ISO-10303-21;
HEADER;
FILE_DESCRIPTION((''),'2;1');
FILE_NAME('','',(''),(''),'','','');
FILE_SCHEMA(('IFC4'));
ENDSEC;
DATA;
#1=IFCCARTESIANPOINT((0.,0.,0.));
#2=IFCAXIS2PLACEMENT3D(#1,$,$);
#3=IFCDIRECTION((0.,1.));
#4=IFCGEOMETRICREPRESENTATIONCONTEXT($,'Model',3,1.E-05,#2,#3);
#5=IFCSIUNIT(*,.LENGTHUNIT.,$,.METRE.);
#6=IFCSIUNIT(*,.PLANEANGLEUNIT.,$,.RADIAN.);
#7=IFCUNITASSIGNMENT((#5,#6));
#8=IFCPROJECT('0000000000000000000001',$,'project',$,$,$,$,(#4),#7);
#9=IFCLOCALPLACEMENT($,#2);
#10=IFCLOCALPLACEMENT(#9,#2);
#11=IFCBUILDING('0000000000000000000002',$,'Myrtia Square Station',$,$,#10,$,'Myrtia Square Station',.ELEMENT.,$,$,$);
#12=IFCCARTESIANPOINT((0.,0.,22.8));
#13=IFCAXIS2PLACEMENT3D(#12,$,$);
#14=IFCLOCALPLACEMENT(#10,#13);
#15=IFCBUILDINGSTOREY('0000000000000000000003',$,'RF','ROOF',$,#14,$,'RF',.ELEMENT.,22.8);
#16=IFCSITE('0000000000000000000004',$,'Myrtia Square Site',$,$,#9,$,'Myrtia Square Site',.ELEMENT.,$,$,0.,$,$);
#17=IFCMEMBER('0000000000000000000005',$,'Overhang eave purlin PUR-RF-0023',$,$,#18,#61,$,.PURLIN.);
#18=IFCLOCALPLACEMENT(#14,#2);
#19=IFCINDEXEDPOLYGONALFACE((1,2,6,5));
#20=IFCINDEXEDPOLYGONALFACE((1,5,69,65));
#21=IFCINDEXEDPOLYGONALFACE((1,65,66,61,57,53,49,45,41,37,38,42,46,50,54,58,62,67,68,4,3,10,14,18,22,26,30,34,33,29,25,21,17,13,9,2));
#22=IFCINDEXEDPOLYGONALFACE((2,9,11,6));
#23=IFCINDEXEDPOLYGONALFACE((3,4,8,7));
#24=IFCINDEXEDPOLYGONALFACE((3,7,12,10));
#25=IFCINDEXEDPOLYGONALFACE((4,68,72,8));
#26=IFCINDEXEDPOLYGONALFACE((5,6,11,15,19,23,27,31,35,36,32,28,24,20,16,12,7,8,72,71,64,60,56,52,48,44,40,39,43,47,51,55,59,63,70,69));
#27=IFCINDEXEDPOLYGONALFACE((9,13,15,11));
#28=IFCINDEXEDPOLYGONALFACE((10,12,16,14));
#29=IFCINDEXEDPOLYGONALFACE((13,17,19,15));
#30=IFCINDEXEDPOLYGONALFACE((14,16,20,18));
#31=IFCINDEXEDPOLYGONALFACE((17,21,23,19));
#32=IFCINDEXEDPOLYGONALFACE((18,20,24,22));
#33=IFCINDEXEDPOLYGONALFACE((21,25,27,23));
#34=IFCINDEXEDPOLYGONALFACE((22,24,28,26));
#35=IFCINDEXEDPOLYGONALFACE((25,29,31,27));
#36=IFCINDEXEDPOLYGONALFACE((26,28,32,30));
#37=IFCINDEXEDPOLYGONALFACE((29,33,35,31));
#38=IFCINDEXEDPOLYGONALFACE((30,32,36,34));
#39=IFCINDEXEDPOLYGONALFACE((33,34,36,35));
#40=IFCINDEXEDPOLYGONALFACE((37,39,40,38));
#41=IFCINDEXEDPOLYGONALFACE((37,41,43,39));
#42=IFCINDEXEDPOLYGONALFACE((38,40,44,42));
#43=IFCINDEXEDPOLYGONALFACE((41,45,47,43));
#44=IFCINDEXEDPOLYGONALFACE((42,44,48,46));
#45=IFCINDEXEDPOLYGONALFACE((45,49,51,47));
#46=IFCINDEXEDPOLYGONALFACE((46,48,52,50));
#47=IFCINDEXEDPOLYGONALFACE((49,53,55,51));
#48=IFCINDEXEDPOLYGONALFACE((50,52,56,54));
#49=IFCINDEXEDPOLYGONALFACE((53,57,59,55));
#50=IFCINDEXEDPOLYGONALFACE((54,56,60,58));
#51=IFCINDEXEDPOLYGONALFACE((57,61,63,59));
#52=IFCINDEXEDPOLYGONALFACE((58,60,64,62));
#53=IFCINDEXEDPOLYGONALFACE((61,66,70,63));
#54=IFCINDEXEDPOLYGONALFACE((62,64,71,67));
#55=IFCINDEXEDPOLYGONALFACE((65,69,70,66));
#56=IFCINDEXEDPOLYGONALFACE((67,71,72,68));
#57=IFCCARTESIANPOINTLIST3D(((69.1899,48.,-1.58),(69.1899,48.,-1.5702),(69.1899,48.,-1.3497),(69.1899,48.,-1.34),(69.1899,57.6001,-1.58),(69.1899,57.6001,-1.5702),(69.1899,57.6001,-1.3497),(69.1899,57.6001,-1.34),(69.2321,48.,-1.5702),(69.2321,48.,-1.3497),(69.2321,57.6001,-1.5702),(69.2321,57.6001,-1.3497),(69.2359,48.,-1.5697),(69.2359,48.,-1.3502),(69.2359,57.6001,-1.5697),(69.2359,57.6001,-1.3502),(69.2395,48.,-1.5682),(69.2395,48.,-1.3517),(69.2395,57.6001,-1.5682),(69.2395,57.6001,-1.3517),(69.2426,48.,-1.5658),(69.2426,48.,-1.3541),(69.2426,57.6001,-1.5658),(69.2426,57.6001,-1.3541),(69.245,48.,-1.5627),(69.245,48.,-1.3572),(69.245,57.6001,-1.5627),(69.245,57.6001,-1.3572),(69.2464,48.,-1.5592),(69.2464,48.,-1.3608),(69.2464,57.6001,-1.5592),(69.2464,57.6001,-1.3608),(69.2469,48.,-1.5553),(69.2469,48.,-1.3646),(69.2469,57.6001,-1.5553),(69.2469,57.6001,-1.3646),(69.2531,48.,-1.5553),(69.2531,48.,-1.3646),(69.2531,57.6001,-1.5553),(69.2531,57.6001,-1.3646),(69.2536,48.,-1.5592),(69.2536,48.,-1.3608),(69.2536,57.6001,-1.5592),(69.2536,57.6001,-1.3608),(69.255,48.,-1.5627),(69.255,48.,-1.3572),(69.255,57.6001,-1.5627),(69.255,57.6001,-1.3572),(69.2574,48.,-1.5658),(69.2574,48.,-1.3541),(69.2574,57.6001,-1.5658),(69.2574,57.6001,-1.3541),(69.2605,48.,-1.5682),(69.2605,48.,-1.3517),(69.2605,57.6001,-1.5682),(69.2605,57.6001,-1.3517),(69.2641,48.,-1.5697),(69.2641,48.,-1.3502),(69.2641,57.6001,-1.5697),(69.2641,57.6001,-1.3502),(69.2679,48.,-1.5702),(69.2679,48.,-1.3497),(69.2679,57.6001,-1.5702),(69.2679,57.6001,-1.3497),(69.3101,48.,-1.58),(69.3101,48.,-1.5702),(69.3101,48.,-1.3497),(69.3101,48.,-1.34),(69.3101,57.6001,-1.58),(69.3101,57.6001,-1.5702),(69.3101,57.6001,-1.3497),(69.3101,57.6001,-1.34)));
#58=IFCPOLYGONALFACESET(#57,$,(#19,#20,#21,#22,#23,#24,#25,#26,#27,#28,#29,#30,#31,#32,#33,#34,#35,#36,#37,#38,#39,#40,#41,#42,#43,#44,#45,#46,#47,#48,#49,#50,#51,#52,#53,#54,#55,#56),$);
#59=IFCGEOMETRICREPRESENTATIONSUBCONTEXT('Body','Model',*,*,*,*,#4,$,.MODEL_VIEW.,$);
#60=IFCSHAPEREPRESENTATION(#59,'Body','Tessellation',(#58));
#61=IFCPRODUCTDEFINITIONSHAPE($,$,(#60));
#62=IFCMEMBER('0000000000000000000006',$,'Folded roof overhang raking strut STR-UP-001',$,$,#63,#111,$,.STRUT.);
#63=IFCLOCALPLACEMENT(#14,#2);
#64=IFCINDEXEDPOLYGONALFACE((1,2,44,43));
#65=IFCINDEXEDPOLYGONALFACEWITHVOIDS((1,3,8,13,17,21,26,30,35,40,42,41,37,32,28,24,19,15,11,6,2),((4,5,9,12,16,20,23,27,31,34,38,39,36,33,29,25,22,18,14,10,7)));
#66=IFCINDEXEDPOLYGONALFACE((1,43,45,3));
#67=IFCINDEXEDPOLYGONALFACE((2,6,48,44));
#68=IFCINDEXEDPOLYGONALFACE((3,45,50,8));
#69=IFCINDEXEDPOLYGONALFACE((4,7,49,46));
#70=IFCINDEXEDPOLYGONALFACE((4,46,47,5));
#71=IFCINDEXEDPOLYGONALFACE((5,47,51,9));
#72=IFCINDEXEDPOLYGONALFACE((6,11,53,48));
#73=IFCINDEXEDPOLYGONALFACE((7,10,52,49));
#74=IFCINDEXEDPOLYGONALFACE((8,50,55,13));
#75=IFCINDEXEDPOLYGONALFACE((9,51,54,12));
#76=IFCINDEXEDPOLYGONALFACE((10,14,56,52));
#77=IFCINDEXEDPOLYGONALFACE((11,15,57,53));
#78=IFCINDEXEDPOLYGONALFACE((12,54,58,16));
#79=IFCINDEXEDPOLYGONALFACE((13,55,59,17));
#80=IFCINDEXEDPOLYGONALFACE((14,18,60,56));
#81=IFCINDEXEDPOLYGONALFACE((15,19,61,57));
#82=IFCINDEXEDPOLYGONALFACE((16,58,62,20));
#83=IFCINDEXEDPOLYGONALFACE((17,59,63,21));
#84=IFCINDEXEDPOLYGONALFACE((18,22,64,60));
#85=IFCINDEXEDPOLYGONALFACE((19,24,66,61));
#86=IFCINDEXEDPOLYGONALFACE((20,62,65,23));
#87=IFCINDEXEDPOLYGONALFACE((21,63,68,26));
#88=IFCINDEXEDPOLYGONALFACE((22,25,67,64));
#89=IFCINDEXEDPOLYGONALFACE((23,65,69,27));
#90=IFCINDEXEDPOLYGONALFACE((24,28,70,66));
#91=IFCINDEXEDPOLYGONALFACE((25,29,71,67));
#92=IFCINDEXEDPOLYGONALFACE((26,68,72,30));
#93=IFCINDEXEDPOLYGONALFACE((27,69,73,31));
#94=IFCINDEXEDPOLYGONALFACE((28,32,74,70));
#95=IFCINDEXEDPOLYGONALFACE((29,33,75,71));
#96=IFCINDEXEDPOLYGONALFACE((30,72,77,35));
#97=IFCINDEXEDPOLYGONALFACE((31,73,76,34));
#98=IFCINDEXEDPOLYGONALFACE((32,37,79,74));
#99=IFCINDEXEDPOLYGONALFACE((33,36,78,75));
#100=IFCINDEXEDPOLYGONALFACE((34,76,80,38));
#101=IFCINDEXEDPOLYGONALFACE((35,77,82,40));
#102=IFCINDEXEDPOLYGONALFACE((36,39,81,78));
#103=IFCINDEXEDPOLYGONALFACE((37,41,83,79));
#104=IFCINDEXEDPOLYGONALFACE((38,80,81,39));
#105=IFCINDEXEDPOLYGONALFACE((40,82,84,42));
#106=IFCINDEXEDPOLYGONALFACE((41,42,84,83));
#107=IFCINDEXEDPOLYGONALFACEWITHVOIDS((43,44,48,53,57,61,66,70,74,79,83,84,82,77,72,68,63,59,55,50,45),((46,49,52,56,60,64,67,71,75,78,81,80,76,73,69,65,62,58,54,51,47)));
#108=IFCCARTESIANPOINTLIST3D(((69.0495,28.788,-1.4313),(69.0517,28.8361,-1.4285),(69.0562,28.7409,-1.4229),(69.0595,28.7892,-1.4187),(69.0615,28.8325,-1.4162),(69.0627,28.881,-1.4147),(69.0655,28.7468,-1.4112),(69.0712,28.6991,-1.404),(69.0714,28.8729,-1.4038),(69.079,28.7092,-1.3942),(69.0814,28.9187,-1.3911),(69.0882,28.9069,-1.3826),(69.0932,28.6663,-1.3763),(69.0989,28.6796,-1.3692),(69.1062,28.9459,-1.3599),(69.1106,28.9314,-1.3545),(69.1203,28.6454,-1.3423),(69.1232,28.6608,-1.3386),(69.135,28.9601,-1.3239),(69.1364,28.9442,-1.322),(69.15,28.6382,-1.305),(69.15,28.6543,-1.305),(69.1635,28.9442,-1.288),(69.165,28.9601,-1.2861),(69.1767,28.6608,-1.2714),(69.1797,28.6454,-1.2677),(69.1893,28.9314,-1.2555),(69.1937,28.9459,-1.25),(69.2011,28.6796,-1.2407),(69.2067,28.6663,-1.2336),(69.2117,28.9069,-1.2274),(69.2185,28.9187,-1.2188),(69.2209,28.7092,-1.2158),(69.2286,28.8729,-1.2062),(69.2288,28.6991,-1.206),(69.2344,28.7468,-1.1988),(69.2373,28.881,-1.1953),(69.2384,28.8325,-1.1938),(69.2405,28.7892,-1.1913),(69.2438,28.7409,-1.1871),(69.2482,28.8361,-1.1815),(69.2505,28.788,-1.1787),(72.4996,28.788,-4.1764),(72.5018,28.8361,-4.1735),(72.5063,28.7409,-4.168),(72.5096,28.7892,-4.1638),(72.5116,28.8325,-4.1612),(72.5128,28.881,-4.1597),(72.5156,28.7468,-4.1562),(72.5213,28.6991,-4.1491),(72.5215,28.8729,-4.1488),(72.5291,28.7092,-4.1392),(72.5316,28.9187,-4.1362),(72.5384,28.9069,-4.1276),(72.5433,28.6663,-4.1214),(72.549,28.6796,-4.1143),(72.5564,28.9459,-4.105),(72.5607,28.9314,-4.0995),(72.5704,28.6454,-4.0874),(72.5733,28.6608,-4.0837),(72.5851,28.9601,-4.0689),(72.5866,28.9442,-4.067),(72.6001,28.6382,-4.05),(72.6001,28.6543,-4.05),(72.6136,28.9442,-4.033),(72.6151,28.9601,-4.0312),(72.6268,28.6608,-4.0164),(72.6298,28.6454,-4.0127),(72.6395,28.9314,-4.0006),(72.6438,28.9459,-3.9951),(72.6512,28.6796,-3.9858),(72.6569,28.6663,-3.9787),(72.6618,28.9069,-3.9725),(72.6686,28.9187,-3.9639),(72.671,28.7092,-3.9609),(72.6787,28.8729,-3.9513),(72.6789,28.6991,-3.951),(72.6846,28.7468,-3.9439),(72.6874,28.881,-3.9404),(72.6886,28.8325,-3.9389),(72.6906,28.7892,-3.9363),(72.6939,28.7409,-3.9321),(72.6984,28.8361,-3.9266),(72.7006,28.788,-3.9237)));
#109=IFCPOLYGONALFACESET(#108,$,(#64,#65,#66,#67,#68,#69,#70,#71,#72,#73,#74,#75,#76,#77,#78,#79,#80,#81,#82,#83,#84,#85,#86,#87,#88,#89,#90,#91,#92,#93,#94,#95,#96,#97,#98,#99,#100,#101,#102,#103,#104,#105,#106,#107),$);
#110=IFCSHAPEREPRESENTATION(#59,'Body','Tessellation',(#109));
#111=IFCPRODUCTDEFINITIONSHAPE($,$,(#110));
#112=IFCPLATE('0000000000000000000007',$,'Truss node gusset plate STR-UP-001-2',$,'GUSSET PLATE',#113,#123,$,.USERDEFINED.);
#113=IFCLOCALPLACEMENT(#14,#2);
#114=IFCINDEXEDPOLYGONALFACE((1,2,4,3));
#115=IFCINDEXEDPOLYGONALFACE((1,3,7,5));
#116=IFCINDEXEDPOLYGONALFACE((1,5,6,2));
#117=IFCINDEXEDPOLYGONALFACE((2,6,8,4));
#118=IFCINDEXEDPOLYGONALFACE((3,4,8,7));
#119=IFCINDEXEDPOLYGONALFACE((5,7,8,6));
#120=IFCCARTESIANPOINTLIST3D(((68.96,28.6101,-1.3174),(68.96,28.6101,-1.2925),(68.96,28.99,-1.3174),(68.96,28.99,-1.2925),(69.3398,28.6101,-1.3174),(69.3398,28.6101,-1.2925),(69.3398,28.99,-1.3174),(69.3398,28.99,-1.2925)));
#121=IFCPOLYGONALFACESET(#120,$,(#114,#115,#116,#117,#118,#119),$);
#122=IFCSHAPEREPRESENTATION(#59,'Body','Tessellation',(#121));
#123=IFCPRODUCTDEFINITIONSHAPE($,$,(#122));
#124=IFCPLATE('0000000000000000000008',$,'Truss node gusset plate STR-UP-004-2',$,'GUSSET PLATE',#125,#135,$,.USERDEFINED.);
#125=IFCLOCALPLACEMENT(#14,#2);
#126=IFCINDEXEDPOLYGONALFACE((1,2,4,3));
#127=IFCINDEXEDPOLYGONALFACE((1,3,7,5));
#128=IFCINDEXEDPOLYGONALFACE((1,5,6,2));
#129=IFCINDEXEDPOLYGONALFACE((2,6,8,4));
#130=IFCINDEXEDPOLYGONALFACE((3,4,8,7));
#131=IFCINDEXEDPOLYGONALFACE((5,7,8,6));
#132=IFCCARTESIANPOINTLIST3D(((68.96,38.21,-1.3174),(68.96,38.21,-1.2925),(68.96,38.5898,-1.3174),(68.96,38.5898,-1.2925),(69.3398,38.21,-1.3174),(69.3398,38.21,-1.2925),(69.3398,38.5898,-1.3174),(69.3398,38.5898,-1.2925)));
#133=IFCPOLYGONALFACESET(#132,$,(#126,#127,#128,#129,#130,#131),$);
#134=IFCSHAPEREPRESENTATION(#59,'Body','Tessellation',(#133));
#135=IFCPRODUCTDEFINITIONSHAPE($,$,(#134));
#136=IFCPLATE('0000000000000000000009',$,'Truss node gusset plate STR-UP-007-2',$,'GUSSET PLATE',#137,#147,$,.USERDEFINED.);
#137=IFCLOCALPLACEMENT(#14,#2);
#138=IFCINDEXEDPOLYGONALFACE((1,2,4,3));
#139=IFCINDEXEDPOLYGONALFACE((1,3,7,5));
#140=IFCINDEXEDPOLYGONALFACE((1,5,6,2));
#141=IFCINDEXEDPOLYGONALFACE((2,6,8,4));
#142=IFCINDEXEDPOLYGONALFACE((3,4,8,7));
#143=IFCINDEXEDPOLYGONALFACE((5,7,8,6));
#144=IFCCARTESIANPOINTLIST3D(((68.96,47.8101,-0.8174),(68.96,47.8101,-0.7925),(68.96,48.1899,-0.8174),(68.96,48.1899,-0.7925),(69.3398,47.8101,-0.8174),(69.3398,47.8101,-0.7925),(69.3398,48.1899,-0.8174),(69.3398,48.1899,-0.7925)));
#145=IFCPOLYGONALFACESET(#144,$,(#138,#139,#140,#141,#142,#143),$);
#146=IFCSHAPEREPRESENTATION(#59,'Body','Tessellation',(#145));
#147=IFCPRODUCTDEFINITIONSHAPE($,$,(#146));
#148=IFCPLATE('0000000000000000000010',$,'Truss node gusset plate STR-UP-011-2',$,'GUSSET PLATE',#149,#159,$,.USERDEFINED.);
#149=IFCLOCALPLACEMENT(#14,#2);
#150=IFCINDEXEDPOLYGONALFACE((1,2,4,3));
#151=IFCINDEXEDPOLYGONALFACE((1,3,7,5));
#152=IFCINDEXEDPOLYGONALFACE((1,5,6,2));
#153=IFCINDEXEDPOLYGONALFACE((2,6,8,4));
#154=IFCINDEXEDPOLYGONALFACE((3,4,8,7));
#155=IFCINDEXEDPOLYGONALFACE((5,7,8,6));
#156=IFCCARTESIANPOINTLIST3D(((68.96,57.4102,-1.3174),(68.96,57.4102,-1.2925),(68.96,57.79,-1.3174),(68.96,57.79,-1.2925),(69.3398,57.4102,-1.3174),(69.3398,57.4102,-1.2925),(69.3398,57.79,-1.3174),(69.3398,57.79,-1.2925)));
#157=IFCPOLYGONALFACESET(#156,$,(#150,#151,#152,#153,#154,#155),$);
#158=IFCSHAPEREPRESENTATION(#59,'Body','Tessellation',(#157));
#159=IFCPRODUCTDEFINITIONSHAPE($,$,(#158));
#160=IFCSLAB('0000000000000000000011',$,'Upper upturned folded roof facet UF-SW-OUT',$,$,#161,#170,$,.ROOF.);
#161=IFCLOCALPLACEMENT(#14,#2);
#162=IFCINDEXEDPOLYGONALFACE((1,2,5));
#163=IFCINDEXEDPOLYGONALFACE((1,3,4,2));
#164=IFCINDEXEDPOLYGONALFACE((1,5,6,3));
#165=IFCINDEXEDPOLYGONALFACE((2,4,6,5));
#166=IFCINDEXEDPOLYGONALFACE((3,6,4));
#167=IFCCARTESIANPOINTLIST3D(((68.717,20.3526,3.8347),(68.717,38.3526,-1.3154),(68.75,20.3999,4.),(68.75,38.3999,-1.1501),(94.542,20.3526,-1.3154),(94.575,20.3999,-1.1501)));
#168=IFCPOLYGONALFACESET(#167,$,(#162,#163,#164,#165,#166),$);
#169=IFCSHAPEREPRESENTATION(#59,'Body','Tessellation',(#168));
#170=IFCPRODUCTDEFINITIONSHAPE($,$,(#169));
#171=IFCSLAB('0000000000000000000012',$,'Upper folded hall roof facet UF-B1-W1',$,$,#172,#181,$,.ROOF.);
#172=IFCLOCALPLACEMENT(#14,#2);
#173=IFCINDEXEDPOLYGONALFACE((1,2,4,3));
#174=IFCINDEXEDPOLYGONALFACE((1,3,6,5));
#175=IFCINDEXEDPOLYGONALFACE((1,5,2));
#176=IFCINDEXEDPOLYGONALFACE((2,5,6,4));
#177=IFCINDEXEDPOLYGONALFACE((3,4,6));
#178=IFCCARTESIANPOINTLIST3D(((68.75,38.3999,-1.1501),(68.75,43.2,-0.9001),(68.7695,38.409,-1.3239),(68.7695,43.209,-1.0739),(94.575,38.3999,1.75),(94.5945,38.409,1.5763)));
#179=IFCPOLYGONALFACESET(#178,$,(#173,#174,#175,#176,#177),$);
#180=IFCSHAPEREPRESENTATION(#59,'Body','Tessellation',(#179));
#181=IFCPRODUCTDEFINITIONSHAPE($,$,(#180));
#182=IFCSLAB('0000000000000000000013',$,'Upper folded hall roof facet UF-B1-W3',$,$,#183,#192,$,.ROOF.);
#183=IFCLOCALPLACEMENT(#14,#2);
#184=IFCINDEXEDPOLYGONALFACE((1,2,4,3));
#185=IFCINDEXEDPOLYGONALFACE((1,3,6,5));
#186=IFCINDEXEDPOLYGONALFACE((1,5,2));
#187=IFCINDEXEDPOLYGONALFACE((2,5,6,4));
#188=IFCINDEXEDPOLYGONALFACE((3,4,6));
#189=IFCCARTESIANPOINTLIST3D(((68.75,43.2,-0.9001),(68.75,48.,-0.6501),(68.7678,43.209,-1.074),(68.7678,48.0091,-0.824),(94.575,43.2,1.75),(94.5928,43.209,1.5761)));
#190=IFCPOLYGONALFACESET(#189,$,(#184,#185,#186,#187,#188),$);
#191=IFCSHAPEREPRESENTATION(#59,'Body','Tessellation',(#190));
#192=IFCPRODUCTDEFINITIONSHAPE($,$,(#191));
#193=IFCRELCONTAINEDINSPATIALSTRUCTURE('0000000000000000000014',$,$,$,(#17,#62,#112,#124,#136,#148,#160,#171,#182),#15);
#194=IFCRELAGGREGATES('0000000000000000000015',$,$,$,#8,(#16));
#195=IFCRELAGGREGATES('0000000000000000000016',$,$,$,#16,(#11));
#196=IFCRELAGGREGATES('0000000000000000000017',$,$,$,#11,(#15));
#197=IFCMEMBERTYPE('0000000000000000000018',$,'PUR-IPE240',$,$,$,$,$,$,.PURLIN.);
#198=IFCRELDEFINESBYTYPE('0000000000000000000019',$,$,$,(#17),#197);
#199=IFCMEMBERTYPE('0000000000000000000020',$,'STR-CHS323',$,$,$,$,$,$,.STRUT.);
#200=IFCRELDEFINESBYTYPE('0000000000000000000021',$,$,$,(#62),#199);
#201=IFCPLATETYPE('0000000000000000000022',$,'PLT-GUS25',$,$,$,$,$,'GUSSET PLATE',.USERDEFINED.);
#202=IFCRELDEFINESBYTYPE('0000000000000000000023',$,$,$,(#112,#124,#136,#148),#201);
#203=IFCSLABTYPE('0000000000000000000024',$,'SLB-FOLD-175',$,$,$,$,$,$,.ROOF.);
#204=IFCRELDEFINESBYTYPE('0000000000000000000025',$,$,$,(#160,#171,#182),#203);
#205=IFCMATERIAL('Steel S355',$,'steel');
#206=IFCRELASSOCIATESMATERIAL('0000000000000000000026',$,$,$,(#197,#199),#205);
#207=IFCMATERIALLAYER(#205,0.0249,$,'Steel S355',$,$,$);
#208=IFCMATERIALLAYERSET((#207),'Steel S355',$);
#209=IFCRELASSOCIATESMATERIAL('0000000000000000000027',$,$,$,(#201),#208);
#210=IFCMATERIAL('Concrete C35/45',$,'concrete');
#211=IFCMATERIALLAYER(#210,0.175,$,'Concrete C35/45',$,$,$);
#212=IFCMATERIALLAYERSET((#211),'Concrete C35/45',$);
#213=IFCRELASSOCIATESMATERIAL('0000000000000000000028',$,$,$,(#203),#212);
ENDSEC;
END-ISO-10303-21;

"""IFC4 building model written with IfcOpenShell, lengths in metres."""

from ifc_helpers import new_model, si_unit, direction, frame, origin, origin_2d, place, context, subcontext, project, spatial, polyline, rectangle, hollow_circle, i_section, outline, extrude, material, layer, layer_set, material_profile, profile_set, type_object, element, save


model = new_model("IFC4")

# Units and contexts
model_context = context("Model", 3, precision=1e-05, world=origin(), true_north=direction((0.0, 1.0)))
body_context = subcontext(model_context, "Body", "Model", "MODEL_VIEW")
ifc_project = project(units=[si_unit("LENGTHUNIT", "METRE"), si_unit("PLANEANGLEUNIT", "RADIAN")], contexts=[model_context])

# Site, building, storey
site_placement = place(None, origin())
site = spatial("IfcSite", under=ifc_project, at=site_placement, Name="Myrtia Square Site", LongName="Myrtia Square Site", CompositionType="ELEMENT", RefElevation=0.0)
building_placement = place(site_placement, origin())
building = spatial("IfcBuilding", under=site, at=building_placement, Name="Myrtia Square Station", LongName="Myrtia Square Station", CompositionType="ELEMENT")
storey_placement = place(building_placement, frame((0.0, 0.0, 22.8)))
storey = spatial("IfcBuildingStorey", under=building, at=storey_placement, Name="RF", Description="ROOF", LongName="RF", CompositionType="ELEMENT", Elevation=22.8)

# Members
ifc_material_1 = material(Name="Steel S355", Category="steel")
ifc_material_profile_1 = material_profile(ifc_material_1, i_section(OverallWidth=0.1201, OverallDepth=0.24, WebThickness=0.0061, FlangeThickness=0.0098, FilletRadius=0.0149, at=origin_2d()), Name="IPE 240")
ifc_profile_set_1 = profile_set([ifc_material_profile_1], Name="Steel S355")
member_type_1 = type_object("IfcMemberType", Name="PUR-IPE240", PredefinedType="PURLIN", material=ifc_profile_set_1)
member_1_placement = place(storey_placement, frame((69.25, 48.0, -1.46), z_axis=(0.0, 1.0, 0.0), x_axis=(-1.0, 0.0, 0.0)))
element("IfcMember", 1, at=member_1_placement, inside=storey, type_object=member_type_1, Name="Overhang eave purlin PUR-RF-0023", PredefinedType="PURLIN", context=body_context, shape_type="SweptSolid", body=[
    extrude(i_section(OverallWidth=0.1201, OverallDepth=0.24, WebThickness=0.0061, FlangeThickness=0.0098, FilletRadius=0.0149, at=origin_2d()), origin(), (0.0, 0.0, 1.0), 9.6001),
])
ifc_material_profile_2 = material_profile(ifc_material_1, hollow_circle(Radius=0.1619, WallThickness=0.0161, at=origin_2d()), Name="CHS 323.9x16")
ifc_profile_set_2 = profile_set([ifc_material_profile_2], Name="Steel S355")
member_type_2 = type_object("IfcMemberType", Name="STR-CHS323", PredefinedType="STRUT", material=ifc_profile_set_2)
member_2_placement = place(storey_placement, frame((72.6001, 28.8, -4.05), z_axis=(-0.78253, 0.0, 0.622613), x_axis=(0.0, -1.0, 0.0)))
element("IfcMember", 2, at=member_2_placement, inside=storey, type_object=member_type_2, Name="Folded roof overhang raking strut STR-UP-001", PredefinedType="STRUT", context=body_context, shape_type="SweptSolid", body=[
    extrude(hollow_circle(Radius=0.1619, WallThickness=0.0161, at=origin_2d()), origin(), (0.0, 0.0, 1.0), 4.4089),
])

# Plates
ifc_layer_1 = layer(ifc_material_1, 0.0249, Name="Steel S355")
ifc_layer_set_1 = layer_set([ifc_layer_1], Name="Steel S355")
plate_type = type_object("IfcPlateType", Name="PLT-GUS25", ElementType="GUSSET PLATE", PredefinedType="USERDEFINED", material=ifc_layer_set_1)
for number, where, z_axis, x_axis, name in (
    (3, (69.1499, 28.8, -1.3174), (0.0, 0.0, 1.0), (-1.0, 0.0, 0.0), "Truss node gusset plate STR-UP-001-2"),
    (4, (69.1499, 38.3999, -1.3174), (0.0, 0.0, 1.0), (-1.0, 0.0, 0.0), "Truss node gusset plate STR-UP-004-2"),
    (5, (69.1499, 48.0, -0.8174), (0.0, 0.0, 1.0), (-1.0, 0.0, 0.0), "Truss node gusset plate STR-UP-007-2"),
    (6, (69.1499, 57.6001, -1.3174), (0.0, 0.0, 1.0), (-1.0, 0.0, 0.0), "Truss node gusset plate STR-UP-011-2"),
):
    element("IfcPlate", number, at=place(storey_placement, frame(where, z_axis=z_axis, x_axis=x_axis)), inside=storey, type_object=plate_type, Name=name, ObjectType="GUSSET PLATE", PredefinedType="USERDEFINED", context=body_context, shape_type="SweptSolid", body=[
        extrude(rectangle(XDim=0.3799, YDim=0.3799, at=origin_2d()), origin(), (0.0, 0.0, 1.0), 0.0249),
    ])

# Slabs
ifc_material_2 = material(Name="Concrete C35/45", Category="concrete")
ifc_layer_2 = layer(ifc_material_2, 0.175, Name="Concrete C35/45")
ifc_layer_set_2 = layer_set([ifc_layer_2], Name="Concrete C35/45")
slab_type_1 = type_object("IfcSlabType", Name="SLB-FOLD-175", PredefinedType="ROOF", material=ifc_layer_set_2)
slab_1_placement = place(storey_placement, frame((68.75, 20.3999, 4.0), z_axis=(0.188302, 0.27016, 0.944222), x_axis=(0.980689, 0.0, -0.195574)))
element("IfcSlab", 7, at=slab_1_placement, inside=storey, type_object=slab_type_1, Name="Upper upturned folded roof facet UF-SW-OUT", PredefinedType="ROOF", context=body_context, shape_type="SweptSolid", body=[
    extrude(outline(polyline([(0.0, 0.0), (26.3335, 0.0), (1.0072, 18.6952), (0.0, 0.0)])), origin(), (0.0, 0.0, -1.0), 0.175),
])
slab_2_placement = place(storey_placement, frame((68.75, 38.3999, -1.1501), z_axis=(-0.111449, -0.051688, 0.992425), x_axis=(0.993753, 0.0, 0.111599)))
element("IfcSlab", 8, at=slab_2_placement, inside=storey, type_object=slab_type_1, Name="Upper folded hall roof facet UF-B1-W1", PredefinedType="ROOF", context=body_context, shape_type="SweptSolid", body=[
    extrude(outline(polyline([(0.0, 0.0), (25.9873, 0.0), (0.0279, 4.8065), (0.0, 0.0)])), origin(), (0.0, 0.0, -1.0), 0.175),
])
slab_3_placement = place(storey_placement, frame((68.75, 43.2, -0.9001), z_axis=(-0.101947, -0.051741, 0.993443), x_axis=(0.994776, 0.0, 0.102084)))
element("IfcSlab", 9, at=slab_3_placement, inside=storey, type_object=slab_type_1, Name="Upper folded hall roof facet UF-B1-W3", PredefinedType="ROOF", context=body_context, shape_type="SweptSolid", body=[
    extrude(outline(polyline([(0.0, 0.0), (25.9606, 0.0), (0.0255, 4.8065), (0.0, 0.0)])), origin(), (0.0, 0.0, -1.0), 0.175),
])

save(model, "model.ifc")
